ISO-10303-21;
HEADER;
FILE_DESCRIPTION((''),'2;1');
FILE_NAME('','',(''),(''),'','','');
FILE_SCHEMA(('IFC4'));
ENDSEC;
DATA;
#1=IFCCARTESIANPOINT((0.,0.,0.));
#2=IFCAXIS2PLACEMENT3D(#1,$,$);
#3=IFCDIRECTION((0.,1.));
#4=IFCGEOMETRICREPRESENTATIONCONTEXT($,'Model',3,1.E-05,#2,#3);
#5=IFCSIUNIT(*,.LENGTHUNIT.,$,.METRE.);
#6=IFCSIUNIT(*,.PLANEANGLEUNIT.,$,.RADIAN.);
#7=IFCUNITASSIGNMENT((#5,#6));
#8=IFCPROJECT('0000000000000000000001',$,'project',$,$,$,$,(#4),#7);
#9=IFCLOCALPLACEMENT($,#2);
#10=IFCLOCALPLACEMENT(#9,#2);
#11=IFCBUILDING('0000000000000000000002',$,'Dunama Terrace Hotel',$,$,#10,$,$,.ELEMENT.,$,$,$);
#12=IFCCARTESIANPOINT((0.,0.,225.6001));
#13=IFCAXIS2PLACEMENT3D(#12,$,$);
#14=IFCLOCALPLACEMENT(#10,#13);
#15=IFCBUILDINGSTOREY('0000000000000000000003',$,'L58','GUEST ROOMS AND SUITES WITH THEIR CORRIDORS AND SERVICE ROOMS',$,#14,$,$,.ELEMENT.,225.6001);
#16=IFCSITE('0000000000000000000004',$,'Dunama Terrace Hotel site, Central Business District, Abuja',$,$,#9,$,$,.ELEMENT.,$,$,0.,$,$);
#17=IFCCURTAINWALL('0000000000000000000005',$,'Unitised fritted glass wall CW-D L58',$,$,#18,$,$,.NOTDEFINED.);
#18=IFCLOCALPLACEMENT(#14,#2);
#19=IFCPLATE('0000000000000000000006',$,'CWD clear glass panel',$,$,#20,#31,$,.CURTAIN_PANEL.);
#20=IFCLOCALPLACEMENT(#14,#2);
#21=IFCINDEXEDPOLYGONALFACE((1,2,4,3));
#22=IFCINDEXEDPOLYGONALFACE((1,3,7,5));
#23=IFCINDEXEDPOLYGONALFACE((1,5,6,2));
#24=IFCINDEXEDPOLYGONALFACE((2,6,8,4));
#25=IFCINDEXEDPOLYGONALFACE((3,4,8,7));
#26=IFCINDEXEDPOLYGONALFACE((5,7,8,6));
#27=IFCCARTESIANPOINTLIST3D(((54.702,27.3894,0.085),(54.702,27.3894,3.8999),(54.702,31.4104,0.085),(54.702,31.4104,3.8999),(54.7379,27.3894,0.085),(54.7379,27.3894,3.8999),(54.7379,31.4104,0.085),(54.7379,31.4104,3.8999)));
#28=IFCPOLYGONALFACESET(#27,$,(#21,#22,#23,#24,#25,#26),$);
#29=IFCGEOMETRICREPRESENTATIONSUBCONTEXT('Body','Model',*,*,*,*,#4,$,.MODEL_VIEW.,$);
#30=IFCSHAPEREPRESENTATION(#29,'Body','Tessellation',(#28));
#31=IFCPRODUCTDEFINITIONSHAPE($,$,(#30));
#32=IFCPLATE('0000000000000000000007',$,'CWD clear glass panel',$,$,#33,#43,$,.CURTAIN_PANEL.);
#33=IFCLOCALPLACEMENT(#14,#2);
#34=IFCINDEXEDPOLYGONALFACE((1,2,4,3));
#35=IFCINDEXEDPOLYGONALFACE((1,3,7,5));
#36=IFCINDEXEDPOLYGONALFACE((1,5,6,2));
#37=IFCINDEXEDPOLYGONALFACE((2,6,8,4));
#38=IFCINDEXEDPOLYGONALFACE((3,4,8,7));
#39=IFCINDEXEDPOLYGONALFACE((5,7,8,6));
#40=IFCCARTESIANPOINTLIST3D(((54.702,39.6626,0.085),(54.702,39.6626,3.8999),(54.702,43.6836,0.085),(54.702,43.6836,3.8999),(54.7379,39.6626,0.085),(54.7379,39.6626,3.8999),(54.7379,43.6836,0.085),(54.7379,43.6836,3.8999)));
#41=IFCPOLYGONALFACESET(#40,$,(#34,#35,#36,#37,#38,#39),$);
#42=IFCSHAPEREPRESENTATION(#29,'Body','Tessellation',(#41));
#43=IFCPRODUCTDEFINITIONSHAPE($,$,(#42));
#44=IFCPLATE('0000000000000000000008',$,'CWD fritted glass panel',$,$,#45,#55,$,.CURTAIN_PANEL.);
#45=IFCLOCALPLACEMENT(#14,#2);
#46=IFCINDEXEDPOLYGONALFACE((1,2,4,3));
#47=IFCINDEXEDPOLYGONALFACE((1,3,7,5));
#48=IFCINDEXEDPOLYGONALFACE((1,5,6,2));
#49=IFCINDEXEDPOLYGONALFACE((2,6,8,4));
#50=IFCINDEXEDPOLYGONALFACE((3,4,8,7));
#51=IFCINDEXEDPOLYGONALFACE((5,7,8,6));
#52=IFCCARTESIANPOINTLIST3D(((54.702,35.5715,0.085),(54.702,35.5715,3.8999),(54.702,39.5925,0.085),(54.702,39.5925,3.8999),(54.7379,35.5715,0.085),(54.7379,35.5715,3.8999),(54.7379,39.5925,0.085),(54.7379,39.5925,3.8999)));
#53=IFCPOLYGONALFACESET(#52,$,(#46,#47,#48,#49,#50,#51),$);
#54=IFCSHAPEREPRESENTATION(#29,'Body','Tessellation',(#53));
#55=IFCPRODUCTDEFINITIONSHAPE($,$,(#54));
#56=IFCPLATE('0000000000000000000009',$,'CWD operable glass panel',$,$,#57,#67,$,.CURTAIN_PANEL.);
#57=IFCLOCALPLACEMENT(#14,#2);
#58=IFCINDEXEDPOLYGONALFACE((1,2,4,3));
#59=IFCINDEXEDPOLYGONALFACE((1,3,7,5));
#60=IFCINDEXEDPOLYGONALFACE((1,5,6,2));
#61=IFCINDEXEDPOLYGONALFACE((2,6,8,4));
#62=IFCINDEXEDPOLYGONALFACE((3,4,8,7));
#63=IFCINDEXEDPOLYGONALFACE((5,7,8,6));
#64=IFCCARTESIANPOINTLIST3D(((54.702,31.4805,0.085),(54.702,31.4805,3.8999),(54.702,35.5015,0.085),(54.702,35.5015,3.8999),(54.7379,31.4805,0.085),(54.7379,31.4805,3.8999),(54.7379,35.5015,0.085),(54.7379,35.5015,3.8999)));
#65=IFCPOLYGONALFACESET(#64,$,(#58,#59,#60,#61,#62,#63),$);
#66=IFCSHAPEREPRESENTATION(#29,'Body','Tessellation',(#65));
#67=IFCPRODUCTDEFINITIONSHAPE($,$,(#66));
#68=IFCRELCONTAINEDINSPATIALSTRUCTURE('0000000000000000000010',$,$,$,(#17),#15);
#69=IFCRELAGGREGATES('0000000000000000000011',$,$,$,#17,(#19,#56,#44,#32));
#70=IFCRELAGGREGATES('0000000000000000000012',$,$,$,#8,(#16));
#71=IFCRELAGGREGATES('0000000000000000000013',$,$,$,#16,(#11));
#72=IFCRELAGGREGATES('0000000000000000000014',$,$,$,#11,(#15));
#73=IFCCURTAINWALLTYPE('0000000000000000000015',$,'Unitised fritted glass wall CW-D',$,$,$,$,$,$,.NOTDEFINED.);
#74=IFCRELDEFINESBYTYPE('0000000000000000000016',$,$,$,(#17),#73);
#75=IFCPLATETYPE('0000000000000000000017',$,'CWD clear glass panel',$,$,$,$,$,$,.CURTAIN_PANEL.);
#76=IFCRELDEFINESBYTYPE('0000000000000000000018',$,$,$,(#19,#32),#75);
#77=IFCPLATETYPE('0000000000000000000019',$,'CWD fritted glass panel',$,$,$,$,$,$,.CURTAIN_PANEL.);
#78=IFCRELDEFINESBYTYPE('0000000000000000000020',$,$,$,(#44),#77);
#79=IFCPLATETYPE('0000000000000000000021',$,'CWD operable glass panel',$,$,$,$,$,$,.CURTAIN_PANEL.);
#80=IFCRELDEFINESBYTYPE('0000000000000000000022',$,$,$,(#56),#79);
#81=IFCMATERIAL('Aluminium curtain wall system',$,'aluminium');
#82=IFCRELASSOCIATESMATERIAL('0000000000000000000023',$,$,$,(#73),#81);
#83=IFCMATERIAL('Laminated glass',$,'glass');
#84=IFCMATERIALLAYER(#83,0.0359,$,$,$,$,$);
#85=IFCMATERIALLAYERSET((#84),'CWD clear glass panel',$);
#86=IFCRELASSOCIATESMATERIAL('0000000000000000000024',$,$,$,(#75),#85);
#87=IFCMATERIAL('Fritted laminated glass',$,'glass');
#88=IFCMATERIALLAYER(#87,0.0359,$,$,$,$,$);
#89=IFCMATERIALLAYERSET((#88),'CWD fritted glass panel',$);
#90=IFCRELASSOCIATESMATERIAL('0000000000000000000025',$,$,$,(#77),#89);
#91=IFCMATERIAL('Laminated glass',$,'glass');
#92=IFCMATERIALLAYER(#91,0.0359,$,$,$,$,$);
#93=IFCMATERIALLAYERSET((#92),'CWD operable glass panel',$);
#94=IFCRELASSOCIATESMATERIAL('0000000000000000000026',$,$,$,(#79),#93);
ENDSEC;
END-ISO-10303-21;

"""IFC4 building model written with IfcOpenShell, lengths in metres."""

from ifc_helpers import new_model, si_unit, direction, frame, origin, origin_2d, place, context, subcontext, project, spatial, rectangle, extrude, material, layer, layer_set, type_object, element, aggregate, save


model = new_model("IFC4")

# Units and contexts
model_context = context("Model", 3, precision=1e-05, world=origin(), true_north=direction((0.0, 1.0)))
body_context = subcontext(model_context, "Body", "Model", "MODEL_VIEW")
ifc_project = project(units=[si_unit("LENGTHUNIT", "METRE"), si_unit("PLANEANGLEUNIT", "RADIAN")], contexts=[model_context])

# Site, building, storey
site_placement = place(None, origin())
site = spatial("IfcSite", under=ifc_project, at=site_placement, Name="Dunama Terrace Hotel site, Central Business District, Abuja", CompositionType="ELEMENT", RefElevation=0.0)
building_placement = place(site_placement, origin())
building = spatial("IfcBuilding", under=site, at=building_placement, Name="Dunama Terrace Hotel", CompositionType="ELEMENT")
storey_placement = place(building_placement, frame((0.0, 0.0, 225.6001)))
storey = spatial("IfcBuildingStorey", under=building, at=storey_placement, Name="L58", Description="GUEST ROOMS AND SUITES WITH THEIR CORRIDORS AND SERVICE ROOMS", CompositionType="ELEMENT", Elevation=225.6001)

# Curtain wall
ifc_material_1 = material(Name="Aluminium curtain wall system", Category="aluminium")
curtain_wall_type = type_object("IfcCurtainWallType", Name="Unitised fritted glass wall CW-D", PredefinedType="NOTDEFINED", material=ifc_material_1)
curtain_wall_placement = place(storey_placement, origin())
curtain_wall = element("IfcCurtainWall", 1, at=curtain_wall_placement, inside=storey, type_object=curtain_wall_type, Name="Unitised fritted glass wall CW-D L58", PredefinedType="NOTDEFINED")

# Plates
ifc_material_2 = material(Name="Laminated glass", Category="glass")
ifc_layer_1 = layer(ifc_material_2, 0.0359)
ifc_layer_set_1 = layer_set([ifc_layer_1], Name="CWD clear glass panel")
plate_type_1 = type_object("IfcPlateType", Name="CWD clear glass panel", PredefinedType="CURTAIN_PANEL", material=ifc_layer_set_1)
plate_1_placement = place(storey_placement, frame((54.72, 29.3999, 0.085), z_axis=(0.0, 0.0, 1.0), x_axis=(0.0, 1.0, 0.0)))
plate_1 = element("IfcPlate", 2, at=plate_1_placement, type_object=plate_type_1, Name="CWD clear glass panel", PredefinedType="CURTAIN_PANEL", context=body_context, shape_type="SweptSolid", body=[
    extrude(rectangle(XDim=4.021, YDim=0.0359, at=origin_2d()), origin(), (0.0, 0.0, 1.0), 3.8149),
])
plate_2_placement = place(storey_placement, frame((54.72, 41.6731, 0.085), z_axis=(0.0, 0.0, 1.0), x_axis=(0.0, 1.0, 0.0)))
plate_2 = element("IfcPlate", 3, at=plate_2_placement, type_object=plate_type_1, Name="CWD clear glass panel", PredefinedType="CURTAIN_PANEL", context=body_context, shape_type="SweptSolid", body=[
    extrude(rectangle(XDim=4.021, YDim=0.0359, at=origin_2d()), origin(), (0.0, 0.0, 1.0), 3.8149),
])
ifc_material_3 = material(Name="Fritted laminated glass", Category="glass")
ifc_layer_2 = layer(ifc_material_3, 0.0359)
ifc_layer_set_2 = layer_set([ifc_layer_2], Name="CWD fritted glass panel")
plate_type_2 = type_object("IfcPlateType", Name="CWD fritted glass panel", PredefinedType="CURTAIN_PANEL", material=ifc_layer_set_2)
plate_3_placement = place(storey_placement, frame((54.72, 37.582, 0.085), z_axis=(0.0, 0.0, 1.0), x_axis=(0.0, 1.0, 0.0)))
plate_3 = element("IfcPlate", 4, at=plate_3_placement, type_object=plate_type_2, Name="CWD fritted glass panel", PredefinedType="CURTAIN_PANEL", context=body_context, shape_type="SweptSolid", body=[
    extrude(rectangle(XDim=4.021, YDim=0.0359, at=origin_2d()), origin(), (0.0, 0.0, 1.0), 3.8149),
])
ifc_material_4 = material(Name="Laminated glass", Category="glass")
ifc_layer_3 = layer(ifc_material_4, 0.0359)
ifc_layer_set_3 = layer_set([ifc_layer_3], Name="CWD operable glass panel")
plate_type_3 = type_object("IfcPlateType", Name="CWD operable glass panel", PredefinedType="CURTAIN_PANEL", material=ifc_layer_set_3)
plate_4_placement = place(storey_placement, frame((54.72, 33.491, 0.085), z_axis=(0.0, 0.0, 1.0), x_axis=(0.0, 1.0, 0.0)))
plate_4 = element("IfcPlate", 5, at=plate_4_placement, type_object=plate_type_3, Name="CWD operable glass panel", PredefinedType="CURTAIN_PANEL", context=body_context, shape_type="SweptSolid", body=[
    extrude(rectangle(XDim=4.021, YDim=0.0359, at=origin_2d()), origin(), (0.0, 0.0, 1.0), 3.8149),
])
aggregate(curtain_wall, [plate_1, plate_4, plate_3, plate_2])

save(model, "model.ifc")
